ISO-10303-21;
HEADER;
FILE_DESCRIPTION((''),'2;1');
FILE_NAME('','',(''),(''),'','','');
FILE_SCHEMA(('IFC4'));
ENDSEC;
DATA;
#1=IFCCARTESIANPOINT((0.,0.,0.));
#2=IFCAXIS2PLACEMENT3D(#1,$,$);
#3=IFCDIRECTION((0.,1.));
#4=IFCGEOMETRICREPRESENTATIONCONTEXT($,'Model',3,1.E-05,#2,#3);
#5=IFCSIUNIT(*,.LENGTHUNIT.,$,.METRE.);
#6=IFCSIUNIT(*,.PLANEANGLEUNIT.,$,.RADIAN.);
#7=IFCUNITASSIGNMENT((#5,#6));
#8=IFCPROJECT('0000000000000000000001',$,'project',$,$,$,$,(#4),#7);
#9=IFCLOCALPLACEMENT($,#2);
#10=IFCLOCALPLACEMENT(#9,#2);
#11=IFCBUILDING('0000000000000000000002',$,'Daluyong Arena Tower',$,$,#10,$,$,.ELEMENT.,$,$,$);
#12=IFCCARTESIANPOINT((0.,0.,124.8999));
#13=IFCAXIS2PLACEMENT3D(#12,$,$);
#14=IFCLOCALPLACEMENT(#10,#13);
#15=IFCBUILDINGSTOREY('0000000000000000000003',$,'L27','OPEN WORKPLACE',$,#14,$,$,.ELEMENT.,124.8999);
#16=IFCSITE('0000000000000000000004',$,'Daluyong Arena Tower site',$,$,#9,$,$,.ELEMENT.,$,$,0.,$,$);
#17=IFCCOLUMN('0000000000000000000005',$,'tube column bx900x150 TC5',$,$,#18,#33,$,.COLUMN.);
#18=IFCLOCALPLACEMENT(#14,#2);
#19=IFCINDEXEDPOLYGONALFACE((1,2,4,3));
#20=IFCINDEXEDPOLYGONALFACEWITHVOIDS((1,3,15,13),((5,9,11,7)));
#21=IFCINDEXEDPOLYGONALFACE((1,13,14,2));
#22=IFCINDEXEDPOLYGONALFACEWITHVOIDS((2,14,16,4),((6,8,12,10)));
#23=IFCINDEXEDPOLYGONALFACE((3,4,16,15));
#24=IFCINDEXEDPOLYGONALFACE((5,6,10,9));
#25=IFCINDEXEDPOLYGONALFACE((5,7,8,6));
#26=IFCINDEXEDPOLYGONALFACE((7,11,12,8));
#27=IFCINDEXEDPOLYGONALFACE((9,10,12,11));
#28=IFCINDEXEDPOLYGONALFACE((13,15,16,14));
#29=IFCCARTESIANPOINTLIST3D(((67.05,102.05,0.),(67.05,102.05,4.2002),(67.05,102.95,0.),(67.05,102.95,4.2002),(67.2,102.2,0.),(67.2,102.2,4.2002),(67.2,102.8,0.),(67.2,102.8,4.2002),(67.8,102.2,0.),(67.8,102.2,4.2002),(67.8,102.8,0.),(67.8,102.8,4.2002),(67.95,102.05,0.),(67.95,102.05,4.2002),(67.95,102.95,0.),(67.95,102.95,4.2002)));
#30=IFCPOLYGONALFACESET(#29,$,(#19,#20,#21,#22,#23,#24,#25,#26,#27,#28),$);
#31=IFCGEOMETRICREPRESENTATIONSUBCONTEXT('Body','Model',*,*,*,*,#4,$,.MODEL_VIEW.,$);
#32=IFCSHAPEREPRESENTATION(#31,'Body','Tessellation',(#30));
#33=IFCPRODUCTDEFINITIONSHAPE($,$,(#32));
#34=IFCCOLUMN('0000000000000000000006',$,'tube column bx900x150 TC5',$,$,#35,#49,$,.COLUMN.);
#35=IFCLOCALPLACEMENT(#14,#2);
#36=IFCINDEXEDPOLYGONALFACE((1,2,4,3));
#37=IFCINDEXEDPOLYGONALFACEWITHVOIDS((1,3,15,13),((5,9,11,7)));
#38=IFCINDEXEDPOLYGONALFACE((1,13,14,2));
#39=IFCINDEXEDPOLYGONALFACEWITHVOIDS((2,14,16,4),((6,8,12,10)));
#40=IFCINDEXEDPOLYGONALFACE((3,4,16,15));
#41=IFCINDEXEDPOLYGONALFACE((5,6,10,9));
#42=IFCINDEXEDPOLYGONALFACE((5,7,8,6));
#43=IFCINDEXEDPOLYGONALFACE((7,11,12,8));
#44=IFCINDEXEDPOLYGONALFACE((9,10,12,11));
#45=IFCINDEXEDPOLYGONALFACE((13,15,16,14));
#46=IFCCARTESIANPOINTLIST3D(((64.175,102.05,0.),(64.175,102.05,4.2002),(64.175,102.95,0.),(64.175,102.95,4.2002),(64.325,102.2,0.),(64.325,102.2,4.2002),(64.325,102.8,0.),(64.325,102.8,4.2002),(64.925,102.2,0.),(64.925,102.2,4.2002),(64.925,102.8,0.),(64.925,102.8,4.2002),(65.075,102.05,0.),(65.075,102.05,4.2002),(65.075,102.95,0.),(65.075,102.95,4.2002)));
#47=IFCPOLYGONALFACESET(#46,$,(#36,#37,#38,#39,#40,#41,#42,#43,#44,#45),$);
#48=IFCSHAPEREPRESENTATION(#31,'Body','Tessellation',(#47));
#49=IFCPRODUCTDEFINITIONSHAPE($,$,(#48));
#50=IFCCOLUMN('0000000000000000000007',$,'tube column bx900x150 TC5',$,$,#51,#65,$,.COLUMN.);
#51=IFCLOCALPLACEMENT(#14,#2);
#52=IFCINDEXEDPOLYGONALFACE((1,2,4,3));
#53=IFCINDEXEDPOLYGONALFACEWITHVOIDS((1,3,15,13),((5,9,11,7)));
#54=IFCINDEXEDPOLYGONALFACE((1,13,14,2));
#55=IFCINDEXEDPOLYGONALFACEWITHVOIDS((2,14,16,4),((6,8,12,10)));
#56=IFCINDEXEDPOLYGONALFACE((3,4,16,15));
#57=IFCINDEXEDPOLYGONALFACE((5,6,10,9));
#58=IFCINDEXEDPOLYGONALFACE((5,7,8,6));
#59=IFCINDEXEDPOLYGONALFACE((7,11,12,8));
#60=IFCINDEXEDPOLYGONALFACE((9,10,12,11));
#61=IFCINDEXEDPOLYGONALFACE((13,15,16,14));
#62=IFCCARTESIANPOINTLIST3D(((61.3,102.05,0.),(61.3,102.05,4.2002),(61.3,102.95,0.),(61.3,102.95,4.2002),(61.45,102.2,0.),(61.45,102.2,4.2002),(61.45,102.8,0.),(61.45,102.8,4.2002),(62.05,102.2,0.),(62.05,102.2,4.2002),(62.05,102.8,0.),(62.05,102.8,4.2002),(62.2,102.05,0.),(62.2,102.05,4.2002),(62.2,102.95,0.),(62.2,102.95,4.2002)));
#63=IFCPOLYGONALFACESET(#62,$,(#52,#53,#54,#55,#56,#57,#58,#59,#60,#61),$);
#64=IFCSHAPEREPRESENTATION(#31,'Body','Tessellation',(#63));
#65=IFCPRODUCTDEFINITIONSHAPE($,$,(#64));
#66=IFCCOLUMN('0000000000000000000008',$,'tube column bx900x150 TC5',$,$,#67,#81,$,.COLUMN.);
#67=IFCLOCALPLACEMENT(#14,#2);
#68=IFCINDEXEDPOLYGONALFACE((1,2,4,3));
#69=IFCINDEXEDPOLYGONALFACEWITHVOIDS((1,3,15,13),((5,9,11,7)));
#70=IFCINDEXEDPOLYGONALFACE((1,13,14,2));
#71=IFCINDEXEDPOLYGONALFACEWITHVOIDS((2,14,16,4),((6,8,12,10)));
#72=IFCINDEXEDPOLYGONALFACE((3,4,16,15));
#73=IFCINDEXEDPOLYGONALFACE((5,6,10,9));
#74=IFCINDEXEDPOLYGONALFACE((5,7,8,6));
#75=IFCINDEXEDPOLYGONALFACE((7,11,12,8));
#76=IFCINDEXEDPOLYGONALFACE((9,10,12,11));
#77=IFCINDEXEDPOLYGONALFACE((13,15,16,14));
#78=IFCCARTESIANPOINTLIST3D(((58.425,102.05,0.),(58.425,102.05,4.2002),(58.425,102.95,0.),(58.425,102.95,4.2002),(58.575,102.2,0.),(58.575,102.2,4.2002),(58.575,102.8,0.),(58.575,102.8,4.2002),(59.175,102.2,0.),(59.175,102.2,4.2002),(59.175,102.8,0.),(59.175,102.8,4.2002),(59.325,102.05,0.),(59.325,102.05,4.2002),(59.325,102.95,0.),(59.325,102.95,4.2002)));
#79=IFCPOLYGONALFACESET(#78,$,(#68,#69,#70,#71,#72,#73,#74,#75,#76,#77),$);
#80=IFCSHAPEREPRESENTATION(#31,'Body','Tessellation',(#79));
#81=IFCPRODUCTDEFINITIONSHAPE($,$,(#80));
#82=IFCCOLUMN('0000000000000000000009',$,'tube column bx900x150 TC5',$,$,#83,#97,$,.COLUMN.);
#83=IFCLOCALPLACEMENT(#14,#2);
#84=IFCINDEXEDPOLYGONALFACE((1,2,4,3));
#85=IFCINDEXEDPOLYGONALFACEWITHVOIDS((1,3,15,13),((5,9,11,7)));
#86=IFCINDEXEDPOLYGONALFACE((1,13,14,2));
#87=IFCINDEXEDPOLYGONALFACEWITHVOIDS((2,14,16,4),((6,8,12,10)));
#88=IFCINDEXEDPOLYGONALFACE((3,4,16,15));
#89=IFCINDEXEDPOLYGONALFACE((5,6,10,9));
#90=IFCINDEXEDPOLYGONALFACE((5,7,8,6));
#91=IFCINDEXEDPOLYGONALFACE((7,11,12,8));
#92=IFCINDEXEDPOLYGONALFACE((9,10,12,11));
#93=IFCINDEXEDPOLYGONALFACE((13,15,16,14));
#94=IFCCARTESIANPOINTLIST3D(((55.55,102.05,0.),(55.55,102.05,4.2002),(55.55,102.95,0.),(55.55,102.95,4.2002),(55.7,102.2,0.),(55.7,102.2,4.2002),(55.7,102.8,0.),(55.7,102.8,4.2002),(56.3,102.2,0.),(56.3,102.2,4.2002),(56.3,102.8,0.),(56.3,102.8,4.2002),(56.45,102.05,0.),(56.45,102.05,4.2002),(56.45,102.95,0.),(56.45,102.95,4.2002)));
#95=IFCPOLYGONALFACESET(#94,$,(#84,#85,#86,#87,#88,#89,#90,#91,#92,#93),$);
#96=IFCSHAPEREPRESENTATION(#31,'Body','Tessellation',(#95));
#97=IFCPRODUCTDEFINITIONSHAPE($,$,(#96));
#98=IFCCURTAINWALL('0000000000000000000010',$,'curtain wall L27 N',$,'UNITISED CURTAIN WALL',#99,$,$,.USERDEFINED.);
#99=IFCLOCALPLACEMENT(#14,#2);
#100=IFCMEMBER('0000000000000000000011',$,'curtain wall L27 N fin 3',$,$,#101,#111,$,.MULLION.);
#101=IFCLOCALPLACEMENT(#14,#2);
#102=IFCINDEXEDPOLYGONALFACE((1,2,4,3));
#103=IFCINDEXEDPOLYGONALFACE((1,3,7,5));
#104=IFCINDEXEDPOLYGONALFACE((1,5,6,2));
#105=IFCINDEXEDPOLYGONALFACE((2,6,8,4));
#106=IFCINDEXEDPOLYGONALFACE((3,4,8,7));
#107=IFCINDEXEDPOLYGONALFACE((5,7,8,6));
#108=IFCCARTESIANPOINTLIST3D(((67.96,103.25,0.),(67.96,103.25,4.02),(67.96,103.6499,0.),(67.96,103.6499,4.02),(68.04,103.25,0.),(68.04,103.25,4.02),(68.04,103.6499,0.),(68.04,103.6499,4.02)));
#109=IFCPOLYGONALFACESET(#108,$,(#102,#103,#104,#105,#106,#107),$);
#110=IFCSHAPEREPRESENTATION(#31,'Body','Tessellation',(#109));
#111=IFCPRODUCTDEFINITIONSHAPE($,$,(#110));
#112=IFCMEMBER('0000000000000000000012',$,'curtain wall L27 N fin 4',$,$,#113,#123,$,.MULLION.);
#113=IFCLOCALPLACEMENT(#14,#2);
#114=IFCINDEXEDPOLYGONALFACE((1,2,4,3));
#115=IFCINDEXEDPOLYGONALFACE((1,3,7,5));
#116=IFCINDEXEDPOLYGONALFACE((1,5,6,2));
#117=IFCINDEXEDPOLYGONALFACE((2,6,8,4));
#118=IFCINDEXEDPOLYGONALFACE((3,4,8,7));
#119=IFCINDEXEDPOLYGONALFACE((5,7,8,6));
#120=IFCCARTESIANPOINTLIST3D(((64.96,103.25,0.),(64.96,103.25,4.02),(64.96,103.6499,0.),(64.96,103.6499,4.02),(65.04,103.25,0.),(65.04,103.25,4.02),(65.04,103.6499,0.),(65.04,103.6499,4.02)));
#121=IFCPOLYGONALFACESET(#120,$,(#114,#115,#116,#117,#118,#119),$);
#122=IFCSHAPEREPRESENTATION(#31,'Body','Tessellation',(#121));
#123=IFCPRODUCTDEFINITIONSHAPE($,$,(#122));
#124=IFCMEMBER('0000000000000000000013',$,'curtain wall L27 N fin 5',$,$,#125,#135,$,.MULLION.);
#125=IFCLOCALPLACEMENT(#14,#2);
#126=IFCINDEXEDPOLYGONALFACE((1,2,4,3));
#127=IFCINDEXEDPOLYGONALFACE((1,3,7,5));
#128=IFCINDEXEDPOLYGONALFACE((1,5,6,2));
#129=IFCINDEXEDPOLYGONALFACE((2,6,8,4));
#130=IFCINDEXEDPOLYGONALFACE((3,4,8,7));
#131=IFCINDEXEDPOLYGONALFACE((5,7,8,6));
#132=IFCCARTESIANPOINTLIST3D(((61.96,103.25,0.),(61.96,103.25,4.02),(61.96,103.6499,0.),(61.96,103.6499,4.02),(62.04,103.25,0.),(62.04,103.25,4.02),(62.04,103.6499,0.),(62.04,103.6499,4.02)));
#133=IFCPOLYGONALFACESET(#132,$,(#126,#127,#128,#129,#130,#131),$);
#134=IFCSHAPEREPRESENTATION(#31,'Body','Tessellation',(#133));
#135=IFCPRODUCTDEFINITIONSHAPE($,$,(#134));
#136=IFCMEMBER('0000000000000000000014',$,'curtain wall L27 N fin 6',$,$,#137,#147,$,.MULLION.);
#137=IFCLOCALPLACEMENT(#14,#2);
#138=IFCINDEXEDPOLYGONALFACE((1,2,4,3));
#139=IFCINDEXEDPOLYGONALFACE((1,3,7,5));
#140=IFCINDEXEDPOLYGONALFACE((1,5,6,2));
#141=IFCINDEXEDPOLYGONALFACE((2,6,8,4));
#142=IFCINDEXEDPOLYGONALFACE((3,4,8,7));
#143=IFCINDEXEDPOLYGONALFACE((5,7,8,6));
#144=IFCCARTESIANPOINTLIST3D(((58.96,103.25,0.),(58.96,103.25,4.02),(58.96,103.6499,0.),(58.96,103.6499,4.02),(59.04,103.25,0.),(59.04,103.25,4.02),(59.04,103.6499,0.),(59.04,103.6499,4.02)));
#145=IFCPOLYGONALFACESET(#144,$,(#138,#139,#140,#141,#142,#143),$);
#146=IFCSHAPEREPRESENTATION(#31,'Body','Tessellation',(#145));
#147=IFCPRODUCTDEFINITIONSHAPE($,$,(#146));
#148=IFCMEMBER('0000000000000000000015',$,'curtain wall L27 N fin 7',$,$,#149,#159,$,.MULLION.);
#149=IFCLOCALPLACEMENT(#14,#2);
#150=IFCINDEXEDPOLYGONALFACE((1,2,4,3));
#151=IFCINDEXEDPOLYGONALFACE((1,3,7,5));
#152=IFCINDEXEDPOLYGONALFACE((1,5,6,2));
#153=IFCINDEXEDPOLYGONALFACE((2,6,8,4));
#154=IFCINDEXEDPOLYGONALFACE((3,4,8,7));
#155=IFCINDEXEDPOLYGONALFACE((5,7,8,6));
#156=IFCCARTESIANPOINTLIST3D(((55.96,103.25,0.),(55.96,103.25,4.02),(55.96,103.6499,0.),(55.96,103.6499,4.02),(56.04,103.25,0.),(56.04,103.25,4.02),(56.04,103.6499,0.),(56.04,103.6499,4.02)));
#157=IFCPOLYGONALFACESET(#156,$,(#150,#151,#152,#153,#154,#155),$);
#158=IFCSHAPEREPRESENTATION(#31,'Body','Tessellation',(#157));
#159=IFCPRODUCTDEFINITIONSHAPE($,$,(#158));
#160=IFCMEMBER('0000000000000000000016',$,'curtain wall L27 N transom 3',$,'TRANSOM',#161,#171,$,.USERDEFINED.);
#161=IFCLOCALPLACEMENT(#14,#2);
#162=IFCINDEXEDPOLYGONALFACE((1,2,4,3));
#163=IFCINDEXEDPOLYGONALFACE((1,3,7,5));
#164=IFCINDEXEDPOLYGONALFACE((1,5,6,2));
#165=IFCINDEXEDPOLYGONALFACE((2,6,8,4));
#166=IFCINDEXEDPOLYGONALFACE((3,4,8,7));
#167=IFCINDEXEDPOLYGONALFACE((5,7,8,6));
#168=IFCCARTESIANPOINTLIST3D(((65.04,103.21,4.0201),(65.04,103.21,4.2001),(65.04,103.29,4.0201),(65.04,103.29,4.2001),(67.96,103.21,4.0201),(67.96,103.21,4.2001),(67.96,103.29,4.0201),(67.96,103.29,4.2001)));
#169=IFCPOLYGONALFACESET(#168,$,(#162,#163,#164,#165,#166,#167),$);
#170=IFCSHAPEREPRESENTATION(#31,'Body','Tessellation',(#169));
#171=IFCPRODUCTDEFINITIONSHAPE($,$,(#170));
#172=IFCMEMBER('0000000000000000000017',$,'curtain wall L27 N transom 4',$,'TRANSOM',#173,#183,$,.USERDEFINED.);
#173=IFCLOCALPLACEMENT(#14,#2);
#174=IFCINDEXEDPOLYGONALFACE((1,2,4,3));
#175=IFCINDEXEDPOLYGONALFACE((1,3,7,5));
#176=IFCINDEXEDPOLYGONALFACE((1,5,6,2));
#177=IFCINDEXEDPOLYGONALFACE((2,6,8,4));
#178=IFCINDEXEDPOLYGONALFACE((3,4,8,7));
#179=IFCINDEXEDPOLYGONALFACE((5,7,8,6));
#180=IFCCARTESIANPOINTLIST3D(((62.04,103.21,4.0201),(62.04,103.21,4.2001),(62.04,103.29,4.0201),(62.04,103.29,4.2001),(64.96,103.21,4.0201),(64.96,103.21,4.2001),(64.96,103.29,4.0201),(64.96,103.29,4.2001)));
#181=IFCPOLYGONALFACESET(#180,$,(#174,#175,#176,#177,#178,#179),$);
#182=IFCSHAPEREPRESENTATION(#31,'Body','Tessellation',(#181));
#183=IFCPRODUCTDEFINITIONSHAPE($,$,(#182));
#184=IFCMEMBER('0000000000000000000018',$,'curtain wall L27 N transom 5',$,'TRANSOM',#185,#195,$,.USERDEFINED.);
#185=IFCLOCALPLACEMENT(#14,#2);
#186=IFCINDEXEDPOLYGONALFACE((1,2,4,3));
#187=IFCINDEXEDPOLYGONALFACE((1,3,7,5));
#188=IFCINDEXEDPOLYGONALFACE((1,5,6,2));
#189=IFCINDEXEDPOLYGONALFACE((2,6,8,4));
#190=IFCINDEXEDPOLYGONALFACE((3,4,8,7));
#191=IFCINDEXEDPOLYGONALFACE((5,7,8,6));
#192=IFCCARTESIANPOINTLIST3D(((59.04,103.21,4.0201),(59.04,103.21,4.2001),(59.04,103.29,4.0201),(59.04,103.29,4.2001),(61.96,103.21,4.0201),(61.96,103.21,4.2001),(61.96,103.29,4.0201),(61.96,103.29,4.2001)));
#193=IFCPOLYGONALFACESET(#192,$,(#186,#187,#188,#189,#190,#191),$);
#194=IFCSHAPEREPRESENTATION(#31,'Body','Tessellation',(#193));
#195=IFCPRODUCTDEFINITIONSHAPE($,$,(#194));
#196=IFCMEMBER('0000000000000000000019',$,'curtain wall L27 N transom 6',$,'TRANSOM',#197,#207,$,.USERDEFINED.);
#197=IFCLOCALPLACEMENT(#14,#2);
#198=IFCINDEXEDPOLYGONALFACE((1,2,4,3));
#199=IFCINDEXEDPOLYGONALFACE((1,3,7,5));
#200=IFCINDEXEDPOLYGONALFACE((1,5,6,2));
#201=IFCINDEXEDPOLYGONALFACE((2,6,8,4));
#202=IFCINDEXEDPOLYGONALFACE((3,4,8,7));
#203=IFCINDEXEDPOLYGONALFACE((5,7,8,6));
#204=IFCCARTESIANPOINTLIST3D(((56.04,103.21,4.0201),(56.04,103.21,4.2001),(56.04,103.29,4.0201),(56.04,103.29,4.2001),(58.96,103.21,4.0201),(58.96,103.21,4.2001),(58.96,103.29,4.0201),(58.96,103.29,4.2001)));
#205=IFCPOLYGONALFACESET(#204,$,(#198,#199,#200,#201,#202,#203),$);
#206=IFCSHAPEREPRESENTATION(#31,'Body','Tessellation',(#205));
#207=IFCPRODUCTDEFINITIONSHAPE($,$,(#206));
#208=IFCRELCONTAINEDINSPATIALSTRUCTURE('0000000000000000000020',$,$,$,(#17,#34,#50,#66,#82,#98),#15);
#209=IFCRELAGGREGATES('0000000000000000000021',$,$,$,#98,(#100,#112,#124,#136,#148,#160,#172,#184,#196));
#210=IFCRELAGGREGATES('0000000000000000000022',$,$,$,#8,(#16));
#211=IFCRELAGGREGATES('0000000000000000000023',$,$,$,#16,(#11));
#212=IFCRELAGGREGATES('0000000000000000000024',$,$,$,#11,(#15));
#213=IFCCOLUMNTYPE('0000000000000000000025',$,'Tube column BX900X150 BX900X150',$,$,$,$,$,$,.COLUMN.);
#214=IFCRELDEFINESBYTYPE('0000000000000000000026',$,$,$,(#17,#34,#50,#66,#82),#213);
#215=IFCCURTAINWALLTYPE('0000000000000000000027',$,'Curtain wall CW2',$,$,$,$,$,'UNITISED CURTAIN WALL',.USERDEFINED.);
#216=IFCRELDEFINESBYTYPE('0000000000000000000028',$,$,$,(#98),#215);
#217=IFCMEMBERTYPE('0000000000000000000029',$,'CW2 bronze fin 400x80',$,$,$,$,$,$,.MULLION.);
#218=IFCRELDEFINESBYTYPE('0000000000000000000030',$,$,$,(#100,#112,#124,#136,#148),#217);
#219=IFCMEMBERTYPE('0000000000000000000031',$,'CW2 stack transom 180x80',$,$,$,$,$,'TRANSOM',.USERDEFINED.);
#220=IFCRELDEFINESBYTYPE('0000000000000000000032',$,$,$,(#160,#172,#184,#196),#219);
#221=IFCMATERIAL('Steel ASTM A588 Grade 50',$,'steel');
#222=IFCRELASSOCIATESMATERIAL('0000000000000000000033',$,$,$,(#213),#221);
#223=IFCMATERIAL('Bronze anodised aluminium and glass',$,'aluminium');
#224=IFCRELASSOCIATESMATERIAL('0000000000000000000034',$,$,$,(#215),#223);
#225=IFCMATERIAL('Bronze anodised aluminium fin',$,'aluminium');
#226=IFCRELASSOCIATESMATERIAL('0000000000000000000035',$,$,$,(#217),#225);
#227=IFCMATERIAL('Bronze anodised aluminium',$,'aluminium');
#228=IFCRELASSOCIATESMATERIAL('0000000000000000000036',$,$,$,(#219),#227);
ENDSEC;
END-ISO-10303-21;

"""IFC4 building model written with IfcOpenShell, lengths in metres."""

from ifc_helpers import new_model, si_unit, direction, frame, origin, origin_2d, place, context, subcontext, project, spatial, rectangle, hollow_rectangle, extrude, material, material_profile, profile_set, type_object, element, aggregate, save


model = new_model("IFC4")

# Units and contexts
model_context = context("Model", 3, precision=1e-05, world=origin(), true_north=direction((0.0, 1.0)))
body_context = subcontext(model_context, "Body", "Model", "MODEL_VIEW")
ifc_project = project(units=[si_unit("LENGTHUNIT", "METRE"), si_unit("PLANEANGLEUNIT", "RADIAN")], contexts=[model_context])

# Site, building, storey
site_placement = place(None, origin())
site = spatial("IfcSite", under=ifc_project, at=site_placement, Name="Daluyong Arena Tower site", CompositionType="ELEMENT", RefElevation=0.0)
building_placement = place(site_placement, origin())
building = spatial("IfcBuilding", under=site, at=building_placement, Name="Daluyong Arena Tower", CompositionType="ELEMENT")
storey_placement = place(building_placement, frame((0.0, 0.0, 124.8999)))
storey = spatial("IfcBuildingStorey", under=building, at=storey_placement, Name="L27", Description="OPEN WORKPLACE", CompositionType="ELEMENT", Elevation=124.8999)

# Columns
ifc_material_1 = material(Name="Steel ASTM A588 Grade 50", Category="steel")
ifc_material_profile_1 = material_profile(ifc_material_1, hollow_rectangle(XDim=0.8999, YDim=0.8999, WallThickness=0.15, at=origin_2d()))
ifc_profile_set_1 = profile_set([ifc_material_profile_1], Name="Steel ASTM A588 Grade 50")
column_type = type_object("IfcColumnType", Name="Tube column BX900X150 BX900X150", PredefinedType="COLUMN", material=ifc_profile_set_1)
for number, where, z_axis, x_axis, name in (
    (1, (67.5, 102.5, 0.0), (0.0, 0.0, 1.0), (1.0, 0.0, 0.0), "tube column bx900x150 TC5"),
    (2, (64.625, 102.5, 0.0), (0.0, 0.0, 1.0), (1.0, 0.0, 0.0), "tube column bx900x150 TC5"),
    (3, (61.75, 102.5, 0.0), (0.0, 0.0, 1.0), (1.0, 0.0, 0.0), "tube column bx900x150 TC5"),
    (4, (58.875, 102.5, 0.0), (0.0, 0.0, 1.0), (1.0, 0.0, 0.0), "tube column bx900x150 TC5"),
    (5, (56.0, 102.5, 0.0), (0.0, 0.0, 1.0), (1.0, 0.0, 0.0), "tube column bx900x150 TC5"),
):
    element("IfcColumn", number, at=place(storey_placement, frame(where, z_axis=z_axis, x_axis=x_axis)), inside=storey, type_object=column_type, Name=name, PredefinedType="COLUMN", context=body_context, shape_type="SweptSolid", body=[
        extrude(hollow_rectangle(XDim=0.8999, YDim=0.8999, WallThickness=0.15, at=origin_2d()), origin(), (0.0, 0.0, 1.0), 4.2002),
    ])

# Curtain wall, members
ifc_material_2 = material(Name="Bronze anodised aluminium and glass", Category="aluminium")
curtain_wall_type = type_object("IfcCurtainWallType", Name="Curtain wall CW2", ElementType="UNITISED CURTAIN WALL", PredefinedType="USERDEFINED", material=ifc_material_2)
curtain_wall_placement = place(storey_placement, origin())
curtain_wall = element("IfcCurtainWall", 6, at=curtain_wall_placement, inside=storey, type_object=curtain_wall_type, Name="curtain wall L27 N", ObjectType="UNITISED CURTAIN WALL", PredefinedType="USERDEFINED")
ifc_material_3 = material(Name="Bronze anodised aluminium fin", Category="aluminium")
ifc_material_profile_2 = material_profile(ifc_material_3, rectangle(XDim=0.3999, YDim=0.0801, at=origin_2d()))
ifc_profile_set_2 = profile_set([ifc_material_profile_2], Name="Bronze anodised aluminium fin")
member_type_1 = type_object("IfcMemberType", Name="CW2 bronze fin 400x80", PredefinedType="MULLION", material=ifc_profile_set_2)
member_1_placement = place(storey_placement, frame((68.0, 103.45, 0.0), z_axis=(0.0, 0.0, 1.0), x_axis=(0.0, -1.0, 0.0)))
member_1 = element("IfcMember", 7, at=member_1_placement, type_object=member_type_1, Name="curtain wall L27 N fin 3", PredefinedType="MULLION", context=body_context, shape_type="SweptSolid", body=[
    extrude(rectangle(XDim=0.3999, YDim=0.0801, at=origin_2d()), origin(), (0.0, 0.0, 1.0), 4.02),
])
member_2_placement = place(storey_placement, frame((65.0, 103.45, 0.0), z_axis=(0.0, 0.0, 1.0), x_axis=(0.0, -1.0, 0.0)))
member_2 = element("IfcMember", 8, at=member_2_placement, type_object=member_type_1, Name="curtain wall L27 N fin 4", PredefinedType="MULLION", context=body_context, shape_type="SweptSolid", body=[
    extrude(rectangle(XDim=0.3999, YDim=0.0801, at=origin_2d()), origin(), (0.0, 0.0, 1.0), 4.02),
])
member_3_placement = place(storey_placement, frame((62.0, 103.45, 0.0), z_axis=(0.0, 0.0, 1.0), x_axis=(0.0, -1.0, 0.0)))
member_3 = element("IfcMember", 9, at=member_3_placement, type_object=member_type_1, Name="curtain wall L27 N fin 5", PredefinedType="MULLION", context=body_context, shape_type="SweptSolid", body=[
    extrude(rectangle(XDim=0.3999, YDim=0.0801, at=origin_2d()), origin(), (0.0, 0.0, 1.0), 4.02),
])
member_4_placement = place(storey_placement, frame((59.0, 103.45, 0.0), z_axis=(0.0, 0.0, 1.0), x_axis=(0.0, -1.0, 0.0)))
member_4 = element("IfcMember", 10, at=member_4_placement, type_object=member_type_1, Name="curtain wall L27 N fin 6", PredefinedType="MULLION", context=body_context, shape_type="SweptSolid", body=[
    extrude(rectangle(XDim=0.3999, YDim=0.0801, at=origin_2d()), origin(), (0.0, 0.0, 1.0), 4.02),
])
member_5_placement = place(storey_placement, frame((56.0, 103.45, 0.0), z_axis=(0.0, 0.0, 1.0), x_axis=(0.0, -1.0, 0.0)))
member_5 = element("IfcMember", 11, at=member_5_placement, type_object=member_type_1, Name="curtain wall L27 N fin 7", PredefinedType="MULLION", context=body_context, shape_type="SweptSolid", body=[
    extrude(rectangle(XDim=0.3999, YDim=0.0801, at=origin_2d()), origin(), (0.0, 0.0, 1.0), 4.02),
])
ifc_material_4 = material(Name="Bronze anodised aluminium", Category="aluminium")
ifc_material_profile_3 = material_profile(ifc_material_4, rectangle(XDim=0.0801, YDim=0.1799, at=origin_2d()))
ifc_profile_set_3 = profile_set([ifc_material_profile_3], Name="Bronze anodised aluminium")
member_type_2 = type_object("IfcMemberType", Name="CW2 stack transom 180x80", ElementType="TRANSOM", PredefinedType="USERDEFINED", material=ifc_profile_set_3)
member_6_placement = place(storey_placement, frame((67.96, 103.25, 4.1101), z_axis=(-1.0, 0.0, 0.0), x_axis=(0.0, -1.0, 0.0)))
member_6 = element("IfcMember", 12, at=member_6_placement, type_object=member_type_2, Name="curtain wall L27 N transom 3", ObjectType="TRANSOM", PredefinedType="USERDEFINED", context=body_context, shape_type="SweptSolid", body=[
    extrude(rectangle(XDim=0.0801, YDim=0.1799, at=origin_2d()), origin(), (0.0, 0.0, 1.0), 2.9199),
])
member_7_placement = place(storey_placement, frame((64.96, 103.25, 4.1101), z_axis=(-1.0, 0.0, 0.0), x_axis=(0.0, -1.0, 0.0)))
member_7 = element("IfcMember", 13, at=member_7_placement, type_object=member_type_2, Name="curtain wall L27 N transom 4", ObjectType="TRANSOM", PredefinedType="USERDEFINED", context=body_context, shape_type="SweptSolid", body=[
    extrude(rectangle(XDim=0.0801, YDim=0.1799, at=origin_2d()), origin(), (0.0, 0.0, 1.0), 2.9199),
])
member_8_placement = place(storey_placement, frame((61.96, 103.25, 4.1101), z_axis=(-1.0, 0.0, 0.0), x_axis=(0.0, -1.0, 0.0)))
member_8 = element("IfcMember", 14, at=member_8_placement, type_object=member_type_2, Name="curtain wall L27 N transom 5", ObjectType="TRANSOM", PredefinedType="USERDEFINED", context=body_context, shape_type="SweptSolid", body=[
    extrude(rectangle(XDim=0.0801, YDim=0.1799, at=origin_2d()), origin(), (0.0, 0.0, 1.0), 2.9199),
])
member_9_placement = place(storey_placement, frame((58.96, 103.25, 4.1101), z_axis=(-1.0, 0.0, 0.0), x_axis=(0.0, -1.0, 0.0)))
member_9 = element("IfcMember", 15, at=member_9_placement, type_object=member_type_2, Name="curtain wall L27 N transom 6", ObjectType="TRANSOM", PredefinedType="USERDEFINED", context=body_context, shape_type="SweptSolid", body=[
    extrude(rectangle(XDim=0.0801, YDim=0.1799, at=origin_2d()), origin(), (0.0, 0.0, 1.0), 2.9199),
])

aggregate(curtain_wall, [member_1, member_2, member_3, member_4, member_5, member_6, member_7, member_8, member_9])

save(model, "model.ifc")
